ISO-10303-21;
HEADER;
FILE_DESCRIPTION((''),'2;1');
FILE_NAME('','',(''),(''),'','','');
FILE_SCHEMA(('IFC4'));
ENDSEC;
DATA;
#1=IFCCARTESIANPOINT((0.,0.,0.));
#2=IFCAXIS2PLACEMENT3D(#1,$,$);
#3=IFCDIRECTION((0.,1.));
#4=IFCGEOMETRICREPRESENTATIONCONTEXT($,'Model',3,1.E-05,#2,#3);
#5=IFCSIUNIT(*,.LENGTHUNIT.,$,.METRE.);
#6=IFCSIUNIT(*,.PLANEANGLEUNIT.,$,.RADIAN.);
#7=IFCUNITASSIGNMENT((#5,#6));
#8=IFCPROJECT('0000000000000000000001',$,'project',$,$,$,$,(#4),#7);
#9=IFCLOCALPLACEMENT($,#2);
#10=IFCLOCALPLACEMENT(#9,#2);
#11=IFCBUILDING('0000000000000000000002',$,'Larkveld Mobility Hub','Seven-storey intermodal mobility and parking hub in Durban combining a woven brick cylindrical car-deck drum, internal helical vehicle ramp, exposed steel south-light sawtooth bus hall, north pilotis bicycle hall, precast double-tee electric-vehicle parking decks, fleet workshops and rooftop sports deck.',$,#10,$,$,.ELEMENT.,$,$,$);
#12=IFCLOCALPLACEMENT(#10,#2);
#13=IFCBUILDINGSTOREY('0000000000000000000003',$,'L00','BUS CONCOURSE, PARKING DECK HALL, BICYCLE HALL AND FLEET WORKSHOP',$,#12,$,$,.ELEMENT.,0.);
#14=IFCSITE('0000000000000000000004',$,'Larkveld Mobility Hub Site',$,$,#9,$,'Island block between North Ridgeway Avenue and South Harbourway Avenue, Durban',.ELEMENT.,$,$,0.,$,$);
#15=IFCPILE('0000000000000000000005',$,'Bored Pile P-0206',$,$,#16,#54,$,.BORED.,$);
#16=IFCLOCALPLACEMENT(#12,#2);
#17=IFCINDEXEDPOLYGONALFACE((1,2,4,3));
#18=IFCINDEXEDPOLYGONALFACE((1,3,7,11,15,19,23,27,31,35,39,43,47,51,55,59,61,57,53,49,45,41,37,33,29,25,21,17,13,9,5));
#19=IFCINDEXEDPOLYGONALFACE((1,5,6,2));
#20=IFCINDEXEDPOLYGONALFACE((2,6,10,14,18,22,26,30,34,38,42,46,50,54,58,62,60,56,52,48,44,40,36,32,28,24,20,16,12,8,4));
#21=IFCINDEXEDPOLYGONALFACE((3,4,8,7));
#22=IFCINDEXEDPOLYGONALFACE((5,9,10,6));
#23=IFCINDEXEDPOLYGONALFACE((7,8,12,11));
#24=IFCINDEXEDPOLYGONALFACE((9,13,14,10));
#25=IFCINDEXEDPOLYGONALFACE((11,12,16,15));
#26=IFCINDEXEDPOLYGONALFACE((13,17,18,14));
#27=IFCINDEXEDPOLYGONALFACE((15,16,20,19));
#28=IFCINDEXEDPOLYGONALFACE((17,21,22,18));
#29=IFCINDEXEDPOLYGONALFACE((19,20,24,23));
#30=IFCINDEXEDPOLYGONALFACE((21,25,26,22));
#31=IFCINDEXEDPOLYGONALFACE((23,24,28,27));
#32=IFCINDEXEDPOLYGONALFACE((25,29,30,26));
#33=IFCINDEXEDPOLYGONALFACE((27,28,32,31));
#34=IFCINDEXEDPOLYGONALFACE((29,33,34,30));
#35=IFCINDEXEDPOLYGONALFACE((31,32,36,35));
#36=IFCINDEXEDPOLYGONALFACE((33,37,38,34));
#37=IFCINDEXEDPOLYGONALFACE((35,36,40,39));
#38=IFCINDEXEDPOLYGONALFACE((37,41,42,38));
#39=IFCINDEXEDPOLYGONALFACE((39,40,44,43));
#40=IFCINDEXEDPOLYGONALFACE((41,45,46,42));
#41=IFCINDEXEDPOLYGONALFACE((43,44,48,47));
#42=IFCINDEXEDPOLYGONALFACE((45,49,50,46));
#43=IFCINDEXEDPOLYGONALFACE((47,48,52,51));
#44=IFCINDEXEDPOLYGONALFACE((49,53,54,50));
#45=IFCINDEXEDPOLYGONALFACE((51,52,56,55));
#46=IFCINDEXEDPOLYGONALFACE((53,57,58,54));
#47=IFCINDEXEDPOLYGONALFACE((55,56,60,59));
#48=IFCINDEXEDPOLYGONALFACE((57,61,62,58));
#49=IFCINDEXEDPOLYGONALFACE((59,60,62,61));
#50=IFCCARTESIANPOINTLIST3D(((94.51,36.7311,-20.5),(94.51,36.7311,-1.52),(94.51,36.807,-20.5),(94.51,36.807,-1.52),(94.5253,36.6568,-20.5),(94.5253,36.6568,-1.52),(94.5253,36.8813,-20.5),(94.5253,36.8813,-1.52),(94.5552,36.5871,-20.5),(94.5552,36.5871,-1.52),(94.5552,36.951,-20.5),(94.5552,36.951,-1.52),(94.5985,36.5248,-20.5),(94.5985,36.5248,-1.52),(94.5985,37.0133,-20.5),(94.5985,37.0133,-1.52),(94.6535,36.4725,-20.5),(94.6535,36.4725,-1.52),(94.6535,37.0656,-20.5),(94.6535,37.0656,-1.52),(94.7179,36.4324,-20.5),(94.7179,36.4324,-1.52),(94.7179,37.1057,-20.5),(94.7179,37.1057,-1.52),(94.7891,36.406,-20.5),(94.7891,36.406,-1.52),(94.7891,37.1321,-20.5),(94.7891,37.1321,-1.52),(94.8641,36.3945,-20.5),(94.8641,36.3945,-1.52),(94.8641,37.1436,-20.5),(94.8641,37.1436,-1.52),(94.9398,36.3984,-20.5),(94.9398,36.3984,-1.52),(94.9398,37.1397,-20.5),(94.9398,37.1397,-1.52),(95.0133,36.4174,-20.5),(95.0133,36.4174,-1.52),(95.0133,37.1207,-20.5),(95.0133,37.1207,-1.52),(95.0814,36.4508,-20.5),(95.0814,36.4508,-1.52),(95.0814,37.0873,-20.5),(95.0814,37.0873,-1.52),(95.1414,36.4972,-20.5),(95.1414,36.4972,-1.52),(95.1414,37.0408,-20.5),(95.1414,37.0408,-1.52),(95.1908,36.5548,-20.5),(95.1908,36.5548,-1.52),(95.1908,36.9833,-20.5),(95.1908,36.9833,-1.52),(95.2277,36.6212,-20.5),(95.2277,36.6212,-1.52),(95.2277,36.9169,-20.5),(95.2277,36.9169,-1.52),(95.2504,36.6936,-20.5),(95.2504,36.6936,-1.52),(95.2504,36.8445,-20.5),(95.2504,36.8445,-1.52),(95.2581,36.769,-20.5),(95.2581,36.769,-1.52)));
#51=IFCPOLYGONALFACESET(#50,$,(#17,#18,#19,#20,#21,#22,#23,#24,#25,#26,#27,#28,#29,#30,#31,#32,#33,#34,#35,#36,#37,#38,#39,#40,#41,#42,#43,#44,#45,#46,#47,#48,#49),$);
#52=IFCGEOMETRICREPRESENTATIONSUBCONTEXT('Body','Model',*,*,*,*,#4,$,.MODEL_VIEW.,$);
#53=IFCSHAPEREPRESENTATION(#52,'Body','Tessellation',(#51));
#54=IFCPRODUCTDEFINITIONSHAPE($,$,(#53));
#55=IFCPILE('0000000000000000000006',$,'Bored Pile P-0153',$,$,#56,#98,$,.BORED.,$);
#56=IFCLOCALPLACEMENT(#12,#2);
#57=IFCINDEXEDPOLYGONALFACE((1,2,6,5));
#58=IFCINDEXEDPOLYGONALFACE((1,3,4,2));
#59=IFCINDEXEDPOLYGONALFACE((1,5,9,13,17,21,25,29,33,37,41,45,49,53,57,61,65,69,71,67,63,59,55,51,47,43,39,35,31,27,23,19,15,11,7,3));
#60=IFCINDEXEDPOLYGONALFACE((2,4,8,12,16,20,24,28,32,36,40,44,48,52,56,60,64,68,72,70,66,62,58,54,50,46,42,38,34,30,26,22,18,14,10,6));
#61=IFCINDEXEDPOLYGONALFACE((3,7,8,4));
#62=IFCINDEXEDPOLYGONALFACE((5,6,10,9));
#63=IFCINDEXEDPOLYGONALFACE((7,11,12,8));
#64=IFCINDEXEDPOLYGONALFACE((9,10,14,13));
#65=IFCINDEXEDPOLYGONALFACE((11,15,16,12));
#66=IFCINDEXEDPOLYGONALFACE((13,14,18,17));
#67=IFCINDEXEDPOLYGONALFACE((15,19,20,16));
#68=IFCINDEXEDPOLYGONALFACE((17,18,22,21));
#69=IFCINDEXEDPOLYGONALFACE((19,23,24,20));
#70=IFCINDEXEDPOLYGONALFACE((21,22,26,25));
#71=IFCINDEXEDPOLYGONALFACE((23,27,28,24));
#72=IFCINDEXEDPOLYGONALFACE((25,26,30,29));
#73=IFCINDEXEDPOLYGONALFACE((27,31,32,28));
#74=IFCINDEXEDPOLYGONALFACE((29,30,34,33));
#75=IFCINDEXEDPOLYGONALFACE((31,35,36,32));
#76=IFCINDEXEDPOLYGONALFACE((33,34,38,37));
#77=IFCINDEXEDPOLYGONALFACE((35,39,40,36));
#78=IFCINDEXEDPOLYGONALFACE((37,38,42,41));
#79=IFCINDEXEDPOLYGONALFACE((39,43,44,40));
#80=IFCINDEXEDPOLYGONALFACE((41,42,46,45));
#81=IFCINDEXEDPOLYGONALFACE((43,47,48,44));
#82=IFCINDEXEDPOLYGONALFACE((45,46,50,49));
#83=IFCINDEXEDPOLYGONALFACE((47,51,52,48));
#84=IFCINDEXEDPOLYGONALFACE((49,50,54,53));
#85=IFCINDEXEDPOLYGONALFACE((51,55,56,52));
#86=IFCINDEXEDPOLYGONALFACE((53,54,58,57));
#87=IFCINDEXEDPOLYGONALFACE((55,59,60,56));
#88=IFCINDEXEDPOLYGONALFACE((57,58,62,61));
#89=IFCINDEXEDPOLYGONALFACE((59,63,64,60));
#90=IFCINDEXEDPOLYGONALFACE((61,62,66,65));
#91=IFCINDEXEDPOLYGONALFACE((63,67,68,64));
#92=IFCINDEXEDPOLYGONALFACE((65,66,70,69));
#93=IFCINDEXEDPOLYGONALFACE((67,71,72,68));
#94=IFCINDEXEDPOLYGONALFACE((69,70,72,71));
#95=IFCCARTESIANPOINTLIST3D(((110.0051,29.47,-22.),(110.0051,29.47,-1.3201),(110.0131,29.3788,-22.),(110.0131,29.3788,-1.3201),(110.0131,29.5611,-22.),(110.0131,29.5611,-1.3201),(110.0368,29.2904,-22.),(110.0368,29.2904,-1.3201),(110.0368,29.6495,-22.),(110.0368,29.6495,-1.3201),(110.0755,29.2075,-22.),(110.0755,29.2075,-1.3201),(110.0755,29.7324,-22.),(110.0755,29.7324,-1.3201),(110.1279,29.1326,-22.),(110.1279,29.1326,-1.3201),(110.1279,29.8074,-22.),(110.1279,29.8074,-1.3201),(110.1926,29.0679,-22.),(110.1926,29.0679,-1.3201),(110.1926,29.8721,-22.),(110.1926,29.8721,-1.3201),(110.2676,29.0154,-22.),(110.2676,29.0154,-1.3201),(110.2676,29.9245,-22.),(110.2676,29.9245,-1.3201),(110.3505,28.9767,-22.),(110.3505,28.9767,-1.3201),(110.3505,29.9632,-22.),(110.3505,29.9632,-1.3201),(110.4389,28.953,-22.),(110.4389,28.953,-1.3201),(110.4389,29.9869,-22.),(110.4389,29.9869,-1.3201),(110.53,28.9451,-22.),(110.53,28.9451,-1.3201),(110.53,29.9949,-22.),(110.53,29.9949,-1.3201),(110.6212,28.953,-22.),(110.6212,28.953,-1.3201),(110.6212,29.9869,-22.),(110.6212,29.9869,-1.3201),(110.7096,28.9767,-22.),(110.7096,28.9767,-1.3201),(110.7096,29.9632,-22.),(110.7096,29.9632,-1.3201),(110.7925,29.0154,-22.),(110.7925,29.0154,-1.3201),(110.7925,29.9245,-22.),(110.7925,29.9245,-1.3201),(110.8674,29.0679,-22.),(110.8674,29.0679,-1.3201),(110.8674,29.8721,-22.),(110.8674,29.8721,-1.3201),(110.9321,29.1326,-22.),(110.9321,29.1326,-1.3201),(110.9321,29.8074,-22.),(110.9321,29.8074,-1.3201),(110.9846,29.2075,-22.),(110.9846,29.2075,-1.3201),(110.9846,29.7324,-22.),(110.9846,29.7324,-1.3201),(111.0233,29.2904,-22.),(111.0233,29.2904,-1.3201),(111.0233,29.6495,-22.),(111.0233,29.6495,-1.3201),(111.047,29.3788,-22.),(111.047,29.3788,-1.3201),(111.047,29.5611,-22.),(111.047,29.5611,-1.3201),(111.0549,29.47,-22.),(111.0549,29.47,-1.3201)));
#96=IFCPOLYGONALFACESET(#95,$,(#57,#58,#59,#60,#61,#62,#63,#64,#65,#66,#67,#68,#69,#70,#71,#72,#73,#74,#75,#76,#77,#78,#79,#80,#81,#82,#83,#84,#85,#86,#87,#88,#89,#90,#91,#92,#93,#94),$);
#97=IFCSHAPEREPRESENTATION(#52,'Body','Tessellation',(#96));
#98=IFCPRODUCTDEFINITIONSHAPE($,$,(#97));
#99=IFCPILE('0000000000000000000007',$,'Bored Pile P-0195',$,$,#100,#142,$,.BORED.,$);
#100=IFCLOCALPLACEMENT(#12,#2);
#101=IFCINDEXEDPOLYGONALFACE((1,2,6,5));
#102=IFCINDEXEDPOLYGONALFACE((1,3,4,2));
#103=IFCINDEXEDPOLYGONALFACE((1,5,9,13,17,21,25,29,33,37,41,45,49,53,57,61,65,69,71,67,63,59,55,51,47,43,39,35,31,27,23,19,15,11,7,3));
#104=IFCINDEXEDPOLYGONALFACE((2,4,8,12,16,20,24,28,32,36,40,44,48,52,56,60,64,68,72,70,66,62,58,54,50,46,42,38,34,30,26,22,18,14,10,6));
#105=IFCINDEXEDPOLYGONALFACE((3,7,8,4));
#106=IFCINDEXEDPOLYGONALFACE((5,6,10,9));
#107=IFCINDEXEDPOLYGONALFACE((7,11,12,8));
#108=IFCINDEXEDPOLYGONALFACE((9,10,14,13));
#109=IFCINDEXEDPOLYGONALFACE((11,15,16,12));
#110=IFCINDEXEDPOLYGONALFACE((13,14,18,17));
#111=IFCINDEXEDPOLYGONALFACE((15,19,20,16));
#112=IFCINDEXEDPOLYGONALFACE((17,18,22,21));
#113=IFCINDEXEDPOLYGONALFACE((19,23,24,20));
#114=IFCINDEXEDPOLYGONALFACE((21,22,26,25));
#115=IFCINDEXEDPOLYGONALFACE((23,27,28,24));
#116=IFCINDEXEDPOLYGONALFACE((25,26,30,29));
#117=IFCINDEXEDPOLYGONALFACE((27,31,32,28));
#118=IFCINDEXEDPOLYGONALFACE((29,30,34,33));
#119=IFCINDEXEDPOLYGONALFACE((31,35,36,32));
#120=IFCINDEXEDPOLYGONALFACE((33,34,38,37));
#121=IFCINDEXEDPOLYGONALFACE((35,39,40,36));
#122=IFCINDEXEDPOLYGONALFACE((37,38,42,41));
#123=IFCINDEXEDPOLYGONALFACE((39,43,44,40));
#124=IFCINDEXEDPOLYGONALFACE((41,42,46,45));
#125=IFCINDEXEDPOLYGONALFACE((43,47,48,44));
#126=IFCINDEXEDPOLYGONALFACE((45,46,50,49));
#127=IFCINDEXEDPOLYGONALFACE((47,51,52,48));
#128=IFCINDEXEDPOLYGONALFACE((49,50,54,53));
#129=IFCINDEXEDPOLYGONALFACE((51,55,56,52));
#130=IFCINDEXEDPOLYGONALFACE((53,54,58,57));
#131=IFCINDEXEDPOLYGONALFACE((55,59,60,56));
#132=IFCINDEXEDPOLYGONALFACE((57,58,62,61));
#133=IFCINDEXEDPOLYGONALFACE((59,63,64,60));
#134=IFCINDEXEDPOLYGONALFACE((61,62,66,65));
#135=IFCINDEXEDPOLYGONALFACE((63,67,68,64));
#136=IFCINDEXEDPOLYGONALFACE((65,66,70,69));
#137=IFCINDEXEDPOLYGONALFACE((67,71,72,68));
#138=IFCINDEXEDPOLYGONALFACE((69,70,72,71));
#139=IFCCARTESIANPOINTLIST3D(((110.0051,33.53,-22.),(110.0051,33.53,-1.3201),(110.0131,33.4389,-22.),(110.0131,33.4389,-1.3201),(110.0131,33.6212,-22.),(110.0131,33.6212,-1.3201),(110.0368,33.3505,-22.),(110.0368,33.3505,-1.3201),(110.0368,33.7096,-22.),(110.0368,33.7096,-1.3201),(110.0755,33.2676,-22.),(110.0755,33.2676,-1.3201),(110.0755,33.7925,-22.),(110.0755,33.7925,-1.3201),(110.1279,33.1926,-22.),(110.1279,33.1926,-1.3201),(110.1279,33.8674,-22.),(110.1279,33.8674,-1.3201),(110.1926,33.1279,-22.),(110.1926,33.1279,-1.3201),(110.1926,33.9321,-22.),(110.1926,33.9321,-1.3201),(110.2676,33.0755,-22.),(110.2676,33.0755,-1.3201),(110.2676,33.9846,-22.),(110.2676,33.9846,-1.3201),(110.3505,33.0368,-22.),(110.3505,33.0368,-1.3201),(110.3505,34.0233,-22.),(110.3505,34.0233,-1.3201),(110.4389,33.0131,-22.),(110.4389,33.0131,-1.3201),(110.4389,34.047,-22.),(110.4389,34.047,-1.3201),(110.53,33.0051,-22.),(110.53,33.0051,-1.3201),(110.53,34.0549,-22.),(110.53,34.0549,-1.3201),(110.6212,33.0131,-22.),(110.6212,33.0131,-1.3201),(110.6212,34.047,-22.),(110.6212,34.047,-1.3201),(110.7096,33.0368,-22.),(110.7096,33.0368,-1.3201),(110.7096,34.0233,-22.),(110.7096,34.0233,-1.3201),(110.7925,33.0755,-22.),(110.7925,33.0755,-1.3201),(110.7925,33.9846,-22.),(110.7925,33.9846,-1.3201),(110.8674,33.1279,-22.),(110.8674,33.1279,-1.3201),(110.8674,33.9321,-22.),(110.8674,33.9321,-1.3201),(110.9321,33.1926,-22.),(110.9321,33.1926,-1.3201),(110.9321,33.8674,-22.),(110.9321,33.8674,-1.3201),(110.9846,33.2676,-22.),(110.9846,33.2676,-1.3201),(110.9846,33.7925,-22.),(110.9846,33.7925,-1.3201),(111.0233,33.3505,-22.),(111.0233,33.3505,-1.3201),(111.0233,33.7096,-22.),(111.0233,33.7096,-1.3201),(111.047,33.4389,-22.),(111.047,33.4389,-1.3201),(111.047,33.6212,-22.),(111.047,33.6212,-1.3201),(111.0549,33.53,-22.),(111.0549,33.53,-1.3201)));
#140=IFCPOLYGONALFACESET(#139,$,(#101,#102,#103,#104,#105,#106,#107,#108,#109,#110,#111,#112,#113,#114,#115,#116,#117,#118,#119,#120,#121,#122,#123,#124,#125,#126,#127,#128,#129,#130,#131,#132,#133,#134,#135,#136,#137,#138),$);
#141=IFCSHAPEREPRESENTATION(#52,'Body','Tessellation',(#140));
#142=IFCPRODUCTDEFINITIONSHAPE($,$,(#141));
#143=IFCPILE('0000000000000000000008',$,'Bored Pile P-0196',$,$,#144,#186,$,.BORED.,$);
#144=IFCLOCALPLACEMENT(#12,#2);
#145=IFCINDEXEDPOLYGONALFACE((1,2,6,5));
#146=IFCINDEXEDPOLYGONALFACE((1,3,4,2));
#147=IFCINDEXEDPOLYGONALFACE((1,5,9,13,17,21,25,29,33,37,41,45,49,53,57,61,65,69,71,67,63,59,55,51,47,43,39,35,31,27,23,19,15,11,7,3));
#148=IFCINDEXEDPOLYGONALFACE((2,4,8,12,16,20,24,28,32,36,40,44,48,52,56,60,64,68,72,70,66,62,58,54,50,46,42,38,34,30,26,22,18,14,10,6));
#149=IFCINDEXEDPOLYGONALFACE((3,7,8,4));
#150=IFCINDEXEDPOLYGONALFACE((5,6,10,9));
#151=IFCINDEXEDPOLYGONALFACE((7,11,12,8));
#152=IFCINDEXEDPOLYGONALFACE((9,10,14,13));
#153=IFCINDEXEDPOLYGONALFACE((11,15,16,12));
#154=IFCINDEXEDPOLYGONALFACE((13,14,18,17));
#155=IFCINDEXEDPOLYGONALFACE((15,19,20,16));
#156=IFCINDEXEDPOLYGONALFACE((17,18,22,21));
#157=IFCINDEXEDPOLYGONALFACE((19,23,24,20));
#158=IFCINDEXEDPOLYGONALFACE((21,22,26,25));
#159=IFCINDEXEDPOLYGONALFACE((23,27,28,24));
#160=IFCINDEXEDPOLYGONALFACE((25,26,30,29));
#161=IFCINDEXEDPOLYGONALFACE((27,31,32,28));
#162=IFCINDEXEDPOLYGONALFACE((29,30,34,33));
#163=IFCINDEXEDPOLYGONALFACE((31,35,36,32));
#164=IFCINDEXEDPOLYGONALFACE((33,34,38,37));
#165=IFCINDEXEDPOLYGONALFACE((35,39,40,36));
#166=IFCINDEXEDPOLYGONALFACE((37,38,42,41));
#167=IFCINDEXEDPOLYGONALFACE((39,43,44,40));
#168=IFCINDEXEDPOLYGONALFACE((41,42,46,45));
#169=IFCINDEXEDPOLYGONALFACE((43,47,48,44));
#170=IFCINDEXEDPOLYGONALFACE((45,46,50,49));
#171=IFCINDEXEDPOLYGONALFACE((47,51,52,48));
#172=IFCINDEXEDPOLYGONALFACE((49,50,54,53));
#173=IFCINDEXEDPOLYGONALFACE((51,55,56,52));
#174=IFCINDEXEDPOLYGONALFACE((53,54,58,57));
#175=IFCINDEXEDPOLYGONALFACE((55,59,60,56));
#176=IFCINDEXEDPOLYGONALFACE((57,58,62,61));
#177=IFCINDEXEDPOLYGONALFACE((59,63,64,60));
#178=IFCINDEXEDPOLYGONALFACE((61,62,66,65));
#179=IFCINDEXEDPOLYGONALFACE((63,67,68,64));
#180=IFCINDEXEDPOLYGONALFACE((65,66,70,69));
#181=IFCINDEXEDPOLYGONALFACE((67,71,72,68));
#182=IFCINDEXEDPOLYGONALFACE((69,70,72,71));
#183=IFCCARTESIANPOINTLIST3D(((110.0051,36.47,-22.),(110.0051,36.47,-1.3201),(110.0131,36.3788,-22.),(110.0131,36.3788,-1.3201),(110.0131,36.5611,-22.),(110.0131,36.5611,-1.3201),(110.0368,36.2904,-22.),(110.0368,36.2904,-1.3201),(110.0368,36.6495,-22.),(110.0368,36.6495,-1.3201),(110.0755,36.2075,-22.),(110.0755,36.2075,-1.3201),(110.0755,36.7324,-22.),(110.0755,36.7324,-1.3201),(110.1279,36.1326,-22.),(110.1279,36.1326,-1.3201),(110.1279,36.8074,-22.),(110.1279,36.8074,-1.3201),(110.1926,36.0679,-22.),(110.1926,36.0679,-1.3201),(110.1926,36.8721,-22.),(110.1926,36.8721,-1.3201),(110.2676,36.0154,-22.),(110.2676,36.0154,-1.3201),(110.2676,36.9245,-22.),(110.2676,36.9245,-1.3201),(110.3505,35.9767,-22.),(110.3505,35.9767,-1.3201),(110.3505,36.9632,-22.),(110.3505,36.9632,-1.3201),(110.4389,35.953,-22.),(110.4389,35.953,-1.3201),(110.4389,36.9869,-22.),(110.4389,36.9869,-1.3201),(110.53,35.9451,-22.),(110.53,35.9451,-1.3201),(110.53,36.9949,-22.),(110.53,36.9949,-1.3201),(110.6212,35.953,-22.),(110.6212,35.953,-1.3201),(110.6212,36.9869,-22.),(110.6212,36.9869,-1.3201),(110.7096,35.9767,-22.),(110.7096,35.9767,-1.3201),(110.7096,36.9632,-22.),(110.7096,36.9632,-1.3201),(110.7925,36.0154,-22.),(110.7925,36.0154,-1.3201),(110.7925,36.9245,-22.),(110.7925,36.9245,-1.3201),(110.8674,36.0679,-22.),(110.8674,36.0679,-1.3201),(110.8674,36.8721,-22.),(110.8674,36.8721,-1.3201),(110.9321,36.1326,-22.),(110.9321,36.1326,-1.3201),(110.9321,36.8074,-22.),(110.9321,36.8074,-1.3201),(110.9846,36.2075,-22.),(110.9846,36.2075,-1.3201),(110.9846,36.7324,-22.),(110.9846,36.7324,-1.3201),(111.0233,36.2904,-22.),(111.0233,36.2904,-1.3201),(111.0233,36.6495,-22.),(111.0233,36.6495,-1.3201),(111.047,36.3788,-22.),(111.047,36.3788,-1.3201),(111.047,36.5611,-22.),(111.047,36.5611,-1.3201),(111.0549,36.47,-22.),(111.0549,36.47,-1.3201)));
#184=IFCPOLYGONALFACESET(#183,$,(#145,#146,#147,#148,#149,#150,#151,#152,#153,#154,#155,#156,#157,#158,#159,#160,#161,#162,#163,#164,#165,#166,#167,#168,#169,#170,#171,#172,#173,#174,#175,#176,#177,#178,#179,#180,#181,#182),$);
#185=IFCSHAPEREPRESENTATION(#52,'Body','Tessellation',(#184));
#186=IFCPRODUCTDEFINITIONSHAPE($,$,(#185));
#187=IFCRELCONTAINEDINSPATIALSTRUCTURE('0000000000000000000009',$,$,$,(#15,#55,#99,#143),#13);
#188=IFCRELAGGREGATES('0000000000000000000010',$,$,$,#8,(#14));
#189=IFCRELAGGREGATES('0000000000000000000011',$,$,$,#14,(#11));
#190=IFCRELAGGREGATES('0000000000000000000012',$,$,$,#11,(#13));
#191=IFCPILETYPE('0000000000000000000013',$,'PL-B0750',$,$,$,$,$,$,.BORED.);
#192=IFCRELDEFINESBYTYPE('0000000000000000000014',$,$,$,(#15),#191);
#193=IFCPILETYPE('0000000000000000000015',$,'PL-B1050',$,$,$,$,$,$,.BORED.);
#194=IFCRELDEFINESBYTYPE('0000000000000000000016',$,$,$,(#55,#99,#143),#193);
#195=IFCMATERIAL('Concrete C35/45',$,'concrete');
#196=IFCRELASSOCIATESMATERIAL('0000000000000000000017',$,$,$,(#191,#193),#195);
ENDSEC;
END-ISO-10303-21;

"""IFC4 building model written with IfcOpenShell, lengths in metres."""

from ifc_helpers import new_model, si_unit, direction, frame, origin, origin_2d, place, context, subcontext, project, spatial, circle, extrude, material, material_profile, profile_set, type_object, element, save


model = new_model("IFC4")

# Units and contexts
model_context = context("Model", 3, precision=1e-05, world=origin(), true_north=direction((0.0, 1.0)))
body_context = subcontext(model_context, "Body", "Model", "MODEL_VIEW")
ifc_project = project(units=[si_unit("LENGTHUNIT", "METRE"), si_unit("PLANEANGLEUNIT", "RADIAN")], contexts=[model_context])

# Site, building, storey
site_placement = place(None, origin())
site = spatial("IfcSite", under=ifc_project, at=site_placement, Name="Larkveld Mobility Hub Site", LongName="Island block between North Ridgeway Avenue and South Harbourway Avenue, Durban", CompositionType="ELEMENT", RefElevation=0.0)
building_placement = place(site_placement, origin())
building = spatial("IfcBuilding", under=site, at=building_placement, Name="Larkveld Mobility Hub", Description="Seven-storey intermodal mobility and parking hub in Durban combining a woven brick cylindrical car-deck drum, internal helical vehicle ramp, exposed steel south-light sawtooth bus hall, north pilotis bicycle hall, precast double-tee electric-vehicle parking decks, fleet workshops and rooftop sports deck.", CompositionType="ELEMENT")
storey_placement = place(building_placement, origin())
storey = spatial("IfcBuildingStorey", under=building, at=storey_placement, Name="L00", Description="BUS CONCOURSE, PARKING DECK HALL, BICYCLE HALL AND FLEET WORKSHOP", CompositionType="ELEMENT", Elevation=0.0)

# Shared definitions
ifc_material_1 = material(Name="Concrete C35/45", Category="concrete")

# Piles
ifc_material_profile_1 = material_profile(ifc_material_1, circle(Radius=0.375, at=origin_2d()), Name="PILE D750")
ifc_profile_set_1 = profile_set([ifc_material_profile_1], Name="Concrete C35/45")
pile_type_1 = type_object("IfcPileType", Name="PL-B0750", PredefinedType="BORED", material=ifc_profile_set_1)
for number, where, z_axis, x_axis, name in (
    (1, (94.8831, 36.769, -1.52), (0.0, 0.0, -1.0), (1.0, 0.0, 0.0), "Bored Pile P-0206"),
):
    element("IfcPile", number, at=place(storey_placement, frame(where, z_axis=z_axis, x_axis=x_axis)), inside=storey, type_object=pile_type_1, Name=name, PredefinedType="BORED", context=body_context, shape_type="SweptSolid", body=[
        extrude(circle(Radius=0.375, at=origin_2d()), origin(), (0.0, 0.0, 1.0), 18.98),
    ])
ifc_material_profile_2 = material_profile(ifc_material_1, circle(Radius=0.5249, at=origin_2d()), Name="PILE D1050")
ifc_profile_set_2 = profile_set([ifc_material_profile_2], Name="Concrete C35/45")
pile_type_2 = type_object("IfcPileType", Name="PL-B1050", PredefinedType="BORED", material=ifc_profile_set_2)
for number, where, z_axis, x_axis, name in (
    (2, (110.53, 29.47, -1.3201), (0.0, 0.0, -1.0), (1.0, 0.0, 0.0), "Bored Pile P-0153"),
    (3, (110.53, 33.53, -1.3201), (0.0, 0.0, -1.0), (1.0, 0.0, 0.0), "Bored Pile P-0195"),
    (4, (110.53, 36.47, -1.3201), (0.0, 0.0, -1.0), (1.0, 0.0, 0.0), "Bored Pile P-0196"),
):
    element("IfcPile", number, at=place(storey_placement, frame(where, z_axis=z_axis, x_axis=x_axis)), inside=storey, type_object=pile_type_2, Name=name, PredefinedType="BORED", context=body_context, shape_type="SweptSolid", body=[
        extrude(circle(Radius=0.5249, at=origin_2d()), origin(), (0.0, 0.0, 1.0), 20.6799),
    ])

save(model, "model.ifc")
